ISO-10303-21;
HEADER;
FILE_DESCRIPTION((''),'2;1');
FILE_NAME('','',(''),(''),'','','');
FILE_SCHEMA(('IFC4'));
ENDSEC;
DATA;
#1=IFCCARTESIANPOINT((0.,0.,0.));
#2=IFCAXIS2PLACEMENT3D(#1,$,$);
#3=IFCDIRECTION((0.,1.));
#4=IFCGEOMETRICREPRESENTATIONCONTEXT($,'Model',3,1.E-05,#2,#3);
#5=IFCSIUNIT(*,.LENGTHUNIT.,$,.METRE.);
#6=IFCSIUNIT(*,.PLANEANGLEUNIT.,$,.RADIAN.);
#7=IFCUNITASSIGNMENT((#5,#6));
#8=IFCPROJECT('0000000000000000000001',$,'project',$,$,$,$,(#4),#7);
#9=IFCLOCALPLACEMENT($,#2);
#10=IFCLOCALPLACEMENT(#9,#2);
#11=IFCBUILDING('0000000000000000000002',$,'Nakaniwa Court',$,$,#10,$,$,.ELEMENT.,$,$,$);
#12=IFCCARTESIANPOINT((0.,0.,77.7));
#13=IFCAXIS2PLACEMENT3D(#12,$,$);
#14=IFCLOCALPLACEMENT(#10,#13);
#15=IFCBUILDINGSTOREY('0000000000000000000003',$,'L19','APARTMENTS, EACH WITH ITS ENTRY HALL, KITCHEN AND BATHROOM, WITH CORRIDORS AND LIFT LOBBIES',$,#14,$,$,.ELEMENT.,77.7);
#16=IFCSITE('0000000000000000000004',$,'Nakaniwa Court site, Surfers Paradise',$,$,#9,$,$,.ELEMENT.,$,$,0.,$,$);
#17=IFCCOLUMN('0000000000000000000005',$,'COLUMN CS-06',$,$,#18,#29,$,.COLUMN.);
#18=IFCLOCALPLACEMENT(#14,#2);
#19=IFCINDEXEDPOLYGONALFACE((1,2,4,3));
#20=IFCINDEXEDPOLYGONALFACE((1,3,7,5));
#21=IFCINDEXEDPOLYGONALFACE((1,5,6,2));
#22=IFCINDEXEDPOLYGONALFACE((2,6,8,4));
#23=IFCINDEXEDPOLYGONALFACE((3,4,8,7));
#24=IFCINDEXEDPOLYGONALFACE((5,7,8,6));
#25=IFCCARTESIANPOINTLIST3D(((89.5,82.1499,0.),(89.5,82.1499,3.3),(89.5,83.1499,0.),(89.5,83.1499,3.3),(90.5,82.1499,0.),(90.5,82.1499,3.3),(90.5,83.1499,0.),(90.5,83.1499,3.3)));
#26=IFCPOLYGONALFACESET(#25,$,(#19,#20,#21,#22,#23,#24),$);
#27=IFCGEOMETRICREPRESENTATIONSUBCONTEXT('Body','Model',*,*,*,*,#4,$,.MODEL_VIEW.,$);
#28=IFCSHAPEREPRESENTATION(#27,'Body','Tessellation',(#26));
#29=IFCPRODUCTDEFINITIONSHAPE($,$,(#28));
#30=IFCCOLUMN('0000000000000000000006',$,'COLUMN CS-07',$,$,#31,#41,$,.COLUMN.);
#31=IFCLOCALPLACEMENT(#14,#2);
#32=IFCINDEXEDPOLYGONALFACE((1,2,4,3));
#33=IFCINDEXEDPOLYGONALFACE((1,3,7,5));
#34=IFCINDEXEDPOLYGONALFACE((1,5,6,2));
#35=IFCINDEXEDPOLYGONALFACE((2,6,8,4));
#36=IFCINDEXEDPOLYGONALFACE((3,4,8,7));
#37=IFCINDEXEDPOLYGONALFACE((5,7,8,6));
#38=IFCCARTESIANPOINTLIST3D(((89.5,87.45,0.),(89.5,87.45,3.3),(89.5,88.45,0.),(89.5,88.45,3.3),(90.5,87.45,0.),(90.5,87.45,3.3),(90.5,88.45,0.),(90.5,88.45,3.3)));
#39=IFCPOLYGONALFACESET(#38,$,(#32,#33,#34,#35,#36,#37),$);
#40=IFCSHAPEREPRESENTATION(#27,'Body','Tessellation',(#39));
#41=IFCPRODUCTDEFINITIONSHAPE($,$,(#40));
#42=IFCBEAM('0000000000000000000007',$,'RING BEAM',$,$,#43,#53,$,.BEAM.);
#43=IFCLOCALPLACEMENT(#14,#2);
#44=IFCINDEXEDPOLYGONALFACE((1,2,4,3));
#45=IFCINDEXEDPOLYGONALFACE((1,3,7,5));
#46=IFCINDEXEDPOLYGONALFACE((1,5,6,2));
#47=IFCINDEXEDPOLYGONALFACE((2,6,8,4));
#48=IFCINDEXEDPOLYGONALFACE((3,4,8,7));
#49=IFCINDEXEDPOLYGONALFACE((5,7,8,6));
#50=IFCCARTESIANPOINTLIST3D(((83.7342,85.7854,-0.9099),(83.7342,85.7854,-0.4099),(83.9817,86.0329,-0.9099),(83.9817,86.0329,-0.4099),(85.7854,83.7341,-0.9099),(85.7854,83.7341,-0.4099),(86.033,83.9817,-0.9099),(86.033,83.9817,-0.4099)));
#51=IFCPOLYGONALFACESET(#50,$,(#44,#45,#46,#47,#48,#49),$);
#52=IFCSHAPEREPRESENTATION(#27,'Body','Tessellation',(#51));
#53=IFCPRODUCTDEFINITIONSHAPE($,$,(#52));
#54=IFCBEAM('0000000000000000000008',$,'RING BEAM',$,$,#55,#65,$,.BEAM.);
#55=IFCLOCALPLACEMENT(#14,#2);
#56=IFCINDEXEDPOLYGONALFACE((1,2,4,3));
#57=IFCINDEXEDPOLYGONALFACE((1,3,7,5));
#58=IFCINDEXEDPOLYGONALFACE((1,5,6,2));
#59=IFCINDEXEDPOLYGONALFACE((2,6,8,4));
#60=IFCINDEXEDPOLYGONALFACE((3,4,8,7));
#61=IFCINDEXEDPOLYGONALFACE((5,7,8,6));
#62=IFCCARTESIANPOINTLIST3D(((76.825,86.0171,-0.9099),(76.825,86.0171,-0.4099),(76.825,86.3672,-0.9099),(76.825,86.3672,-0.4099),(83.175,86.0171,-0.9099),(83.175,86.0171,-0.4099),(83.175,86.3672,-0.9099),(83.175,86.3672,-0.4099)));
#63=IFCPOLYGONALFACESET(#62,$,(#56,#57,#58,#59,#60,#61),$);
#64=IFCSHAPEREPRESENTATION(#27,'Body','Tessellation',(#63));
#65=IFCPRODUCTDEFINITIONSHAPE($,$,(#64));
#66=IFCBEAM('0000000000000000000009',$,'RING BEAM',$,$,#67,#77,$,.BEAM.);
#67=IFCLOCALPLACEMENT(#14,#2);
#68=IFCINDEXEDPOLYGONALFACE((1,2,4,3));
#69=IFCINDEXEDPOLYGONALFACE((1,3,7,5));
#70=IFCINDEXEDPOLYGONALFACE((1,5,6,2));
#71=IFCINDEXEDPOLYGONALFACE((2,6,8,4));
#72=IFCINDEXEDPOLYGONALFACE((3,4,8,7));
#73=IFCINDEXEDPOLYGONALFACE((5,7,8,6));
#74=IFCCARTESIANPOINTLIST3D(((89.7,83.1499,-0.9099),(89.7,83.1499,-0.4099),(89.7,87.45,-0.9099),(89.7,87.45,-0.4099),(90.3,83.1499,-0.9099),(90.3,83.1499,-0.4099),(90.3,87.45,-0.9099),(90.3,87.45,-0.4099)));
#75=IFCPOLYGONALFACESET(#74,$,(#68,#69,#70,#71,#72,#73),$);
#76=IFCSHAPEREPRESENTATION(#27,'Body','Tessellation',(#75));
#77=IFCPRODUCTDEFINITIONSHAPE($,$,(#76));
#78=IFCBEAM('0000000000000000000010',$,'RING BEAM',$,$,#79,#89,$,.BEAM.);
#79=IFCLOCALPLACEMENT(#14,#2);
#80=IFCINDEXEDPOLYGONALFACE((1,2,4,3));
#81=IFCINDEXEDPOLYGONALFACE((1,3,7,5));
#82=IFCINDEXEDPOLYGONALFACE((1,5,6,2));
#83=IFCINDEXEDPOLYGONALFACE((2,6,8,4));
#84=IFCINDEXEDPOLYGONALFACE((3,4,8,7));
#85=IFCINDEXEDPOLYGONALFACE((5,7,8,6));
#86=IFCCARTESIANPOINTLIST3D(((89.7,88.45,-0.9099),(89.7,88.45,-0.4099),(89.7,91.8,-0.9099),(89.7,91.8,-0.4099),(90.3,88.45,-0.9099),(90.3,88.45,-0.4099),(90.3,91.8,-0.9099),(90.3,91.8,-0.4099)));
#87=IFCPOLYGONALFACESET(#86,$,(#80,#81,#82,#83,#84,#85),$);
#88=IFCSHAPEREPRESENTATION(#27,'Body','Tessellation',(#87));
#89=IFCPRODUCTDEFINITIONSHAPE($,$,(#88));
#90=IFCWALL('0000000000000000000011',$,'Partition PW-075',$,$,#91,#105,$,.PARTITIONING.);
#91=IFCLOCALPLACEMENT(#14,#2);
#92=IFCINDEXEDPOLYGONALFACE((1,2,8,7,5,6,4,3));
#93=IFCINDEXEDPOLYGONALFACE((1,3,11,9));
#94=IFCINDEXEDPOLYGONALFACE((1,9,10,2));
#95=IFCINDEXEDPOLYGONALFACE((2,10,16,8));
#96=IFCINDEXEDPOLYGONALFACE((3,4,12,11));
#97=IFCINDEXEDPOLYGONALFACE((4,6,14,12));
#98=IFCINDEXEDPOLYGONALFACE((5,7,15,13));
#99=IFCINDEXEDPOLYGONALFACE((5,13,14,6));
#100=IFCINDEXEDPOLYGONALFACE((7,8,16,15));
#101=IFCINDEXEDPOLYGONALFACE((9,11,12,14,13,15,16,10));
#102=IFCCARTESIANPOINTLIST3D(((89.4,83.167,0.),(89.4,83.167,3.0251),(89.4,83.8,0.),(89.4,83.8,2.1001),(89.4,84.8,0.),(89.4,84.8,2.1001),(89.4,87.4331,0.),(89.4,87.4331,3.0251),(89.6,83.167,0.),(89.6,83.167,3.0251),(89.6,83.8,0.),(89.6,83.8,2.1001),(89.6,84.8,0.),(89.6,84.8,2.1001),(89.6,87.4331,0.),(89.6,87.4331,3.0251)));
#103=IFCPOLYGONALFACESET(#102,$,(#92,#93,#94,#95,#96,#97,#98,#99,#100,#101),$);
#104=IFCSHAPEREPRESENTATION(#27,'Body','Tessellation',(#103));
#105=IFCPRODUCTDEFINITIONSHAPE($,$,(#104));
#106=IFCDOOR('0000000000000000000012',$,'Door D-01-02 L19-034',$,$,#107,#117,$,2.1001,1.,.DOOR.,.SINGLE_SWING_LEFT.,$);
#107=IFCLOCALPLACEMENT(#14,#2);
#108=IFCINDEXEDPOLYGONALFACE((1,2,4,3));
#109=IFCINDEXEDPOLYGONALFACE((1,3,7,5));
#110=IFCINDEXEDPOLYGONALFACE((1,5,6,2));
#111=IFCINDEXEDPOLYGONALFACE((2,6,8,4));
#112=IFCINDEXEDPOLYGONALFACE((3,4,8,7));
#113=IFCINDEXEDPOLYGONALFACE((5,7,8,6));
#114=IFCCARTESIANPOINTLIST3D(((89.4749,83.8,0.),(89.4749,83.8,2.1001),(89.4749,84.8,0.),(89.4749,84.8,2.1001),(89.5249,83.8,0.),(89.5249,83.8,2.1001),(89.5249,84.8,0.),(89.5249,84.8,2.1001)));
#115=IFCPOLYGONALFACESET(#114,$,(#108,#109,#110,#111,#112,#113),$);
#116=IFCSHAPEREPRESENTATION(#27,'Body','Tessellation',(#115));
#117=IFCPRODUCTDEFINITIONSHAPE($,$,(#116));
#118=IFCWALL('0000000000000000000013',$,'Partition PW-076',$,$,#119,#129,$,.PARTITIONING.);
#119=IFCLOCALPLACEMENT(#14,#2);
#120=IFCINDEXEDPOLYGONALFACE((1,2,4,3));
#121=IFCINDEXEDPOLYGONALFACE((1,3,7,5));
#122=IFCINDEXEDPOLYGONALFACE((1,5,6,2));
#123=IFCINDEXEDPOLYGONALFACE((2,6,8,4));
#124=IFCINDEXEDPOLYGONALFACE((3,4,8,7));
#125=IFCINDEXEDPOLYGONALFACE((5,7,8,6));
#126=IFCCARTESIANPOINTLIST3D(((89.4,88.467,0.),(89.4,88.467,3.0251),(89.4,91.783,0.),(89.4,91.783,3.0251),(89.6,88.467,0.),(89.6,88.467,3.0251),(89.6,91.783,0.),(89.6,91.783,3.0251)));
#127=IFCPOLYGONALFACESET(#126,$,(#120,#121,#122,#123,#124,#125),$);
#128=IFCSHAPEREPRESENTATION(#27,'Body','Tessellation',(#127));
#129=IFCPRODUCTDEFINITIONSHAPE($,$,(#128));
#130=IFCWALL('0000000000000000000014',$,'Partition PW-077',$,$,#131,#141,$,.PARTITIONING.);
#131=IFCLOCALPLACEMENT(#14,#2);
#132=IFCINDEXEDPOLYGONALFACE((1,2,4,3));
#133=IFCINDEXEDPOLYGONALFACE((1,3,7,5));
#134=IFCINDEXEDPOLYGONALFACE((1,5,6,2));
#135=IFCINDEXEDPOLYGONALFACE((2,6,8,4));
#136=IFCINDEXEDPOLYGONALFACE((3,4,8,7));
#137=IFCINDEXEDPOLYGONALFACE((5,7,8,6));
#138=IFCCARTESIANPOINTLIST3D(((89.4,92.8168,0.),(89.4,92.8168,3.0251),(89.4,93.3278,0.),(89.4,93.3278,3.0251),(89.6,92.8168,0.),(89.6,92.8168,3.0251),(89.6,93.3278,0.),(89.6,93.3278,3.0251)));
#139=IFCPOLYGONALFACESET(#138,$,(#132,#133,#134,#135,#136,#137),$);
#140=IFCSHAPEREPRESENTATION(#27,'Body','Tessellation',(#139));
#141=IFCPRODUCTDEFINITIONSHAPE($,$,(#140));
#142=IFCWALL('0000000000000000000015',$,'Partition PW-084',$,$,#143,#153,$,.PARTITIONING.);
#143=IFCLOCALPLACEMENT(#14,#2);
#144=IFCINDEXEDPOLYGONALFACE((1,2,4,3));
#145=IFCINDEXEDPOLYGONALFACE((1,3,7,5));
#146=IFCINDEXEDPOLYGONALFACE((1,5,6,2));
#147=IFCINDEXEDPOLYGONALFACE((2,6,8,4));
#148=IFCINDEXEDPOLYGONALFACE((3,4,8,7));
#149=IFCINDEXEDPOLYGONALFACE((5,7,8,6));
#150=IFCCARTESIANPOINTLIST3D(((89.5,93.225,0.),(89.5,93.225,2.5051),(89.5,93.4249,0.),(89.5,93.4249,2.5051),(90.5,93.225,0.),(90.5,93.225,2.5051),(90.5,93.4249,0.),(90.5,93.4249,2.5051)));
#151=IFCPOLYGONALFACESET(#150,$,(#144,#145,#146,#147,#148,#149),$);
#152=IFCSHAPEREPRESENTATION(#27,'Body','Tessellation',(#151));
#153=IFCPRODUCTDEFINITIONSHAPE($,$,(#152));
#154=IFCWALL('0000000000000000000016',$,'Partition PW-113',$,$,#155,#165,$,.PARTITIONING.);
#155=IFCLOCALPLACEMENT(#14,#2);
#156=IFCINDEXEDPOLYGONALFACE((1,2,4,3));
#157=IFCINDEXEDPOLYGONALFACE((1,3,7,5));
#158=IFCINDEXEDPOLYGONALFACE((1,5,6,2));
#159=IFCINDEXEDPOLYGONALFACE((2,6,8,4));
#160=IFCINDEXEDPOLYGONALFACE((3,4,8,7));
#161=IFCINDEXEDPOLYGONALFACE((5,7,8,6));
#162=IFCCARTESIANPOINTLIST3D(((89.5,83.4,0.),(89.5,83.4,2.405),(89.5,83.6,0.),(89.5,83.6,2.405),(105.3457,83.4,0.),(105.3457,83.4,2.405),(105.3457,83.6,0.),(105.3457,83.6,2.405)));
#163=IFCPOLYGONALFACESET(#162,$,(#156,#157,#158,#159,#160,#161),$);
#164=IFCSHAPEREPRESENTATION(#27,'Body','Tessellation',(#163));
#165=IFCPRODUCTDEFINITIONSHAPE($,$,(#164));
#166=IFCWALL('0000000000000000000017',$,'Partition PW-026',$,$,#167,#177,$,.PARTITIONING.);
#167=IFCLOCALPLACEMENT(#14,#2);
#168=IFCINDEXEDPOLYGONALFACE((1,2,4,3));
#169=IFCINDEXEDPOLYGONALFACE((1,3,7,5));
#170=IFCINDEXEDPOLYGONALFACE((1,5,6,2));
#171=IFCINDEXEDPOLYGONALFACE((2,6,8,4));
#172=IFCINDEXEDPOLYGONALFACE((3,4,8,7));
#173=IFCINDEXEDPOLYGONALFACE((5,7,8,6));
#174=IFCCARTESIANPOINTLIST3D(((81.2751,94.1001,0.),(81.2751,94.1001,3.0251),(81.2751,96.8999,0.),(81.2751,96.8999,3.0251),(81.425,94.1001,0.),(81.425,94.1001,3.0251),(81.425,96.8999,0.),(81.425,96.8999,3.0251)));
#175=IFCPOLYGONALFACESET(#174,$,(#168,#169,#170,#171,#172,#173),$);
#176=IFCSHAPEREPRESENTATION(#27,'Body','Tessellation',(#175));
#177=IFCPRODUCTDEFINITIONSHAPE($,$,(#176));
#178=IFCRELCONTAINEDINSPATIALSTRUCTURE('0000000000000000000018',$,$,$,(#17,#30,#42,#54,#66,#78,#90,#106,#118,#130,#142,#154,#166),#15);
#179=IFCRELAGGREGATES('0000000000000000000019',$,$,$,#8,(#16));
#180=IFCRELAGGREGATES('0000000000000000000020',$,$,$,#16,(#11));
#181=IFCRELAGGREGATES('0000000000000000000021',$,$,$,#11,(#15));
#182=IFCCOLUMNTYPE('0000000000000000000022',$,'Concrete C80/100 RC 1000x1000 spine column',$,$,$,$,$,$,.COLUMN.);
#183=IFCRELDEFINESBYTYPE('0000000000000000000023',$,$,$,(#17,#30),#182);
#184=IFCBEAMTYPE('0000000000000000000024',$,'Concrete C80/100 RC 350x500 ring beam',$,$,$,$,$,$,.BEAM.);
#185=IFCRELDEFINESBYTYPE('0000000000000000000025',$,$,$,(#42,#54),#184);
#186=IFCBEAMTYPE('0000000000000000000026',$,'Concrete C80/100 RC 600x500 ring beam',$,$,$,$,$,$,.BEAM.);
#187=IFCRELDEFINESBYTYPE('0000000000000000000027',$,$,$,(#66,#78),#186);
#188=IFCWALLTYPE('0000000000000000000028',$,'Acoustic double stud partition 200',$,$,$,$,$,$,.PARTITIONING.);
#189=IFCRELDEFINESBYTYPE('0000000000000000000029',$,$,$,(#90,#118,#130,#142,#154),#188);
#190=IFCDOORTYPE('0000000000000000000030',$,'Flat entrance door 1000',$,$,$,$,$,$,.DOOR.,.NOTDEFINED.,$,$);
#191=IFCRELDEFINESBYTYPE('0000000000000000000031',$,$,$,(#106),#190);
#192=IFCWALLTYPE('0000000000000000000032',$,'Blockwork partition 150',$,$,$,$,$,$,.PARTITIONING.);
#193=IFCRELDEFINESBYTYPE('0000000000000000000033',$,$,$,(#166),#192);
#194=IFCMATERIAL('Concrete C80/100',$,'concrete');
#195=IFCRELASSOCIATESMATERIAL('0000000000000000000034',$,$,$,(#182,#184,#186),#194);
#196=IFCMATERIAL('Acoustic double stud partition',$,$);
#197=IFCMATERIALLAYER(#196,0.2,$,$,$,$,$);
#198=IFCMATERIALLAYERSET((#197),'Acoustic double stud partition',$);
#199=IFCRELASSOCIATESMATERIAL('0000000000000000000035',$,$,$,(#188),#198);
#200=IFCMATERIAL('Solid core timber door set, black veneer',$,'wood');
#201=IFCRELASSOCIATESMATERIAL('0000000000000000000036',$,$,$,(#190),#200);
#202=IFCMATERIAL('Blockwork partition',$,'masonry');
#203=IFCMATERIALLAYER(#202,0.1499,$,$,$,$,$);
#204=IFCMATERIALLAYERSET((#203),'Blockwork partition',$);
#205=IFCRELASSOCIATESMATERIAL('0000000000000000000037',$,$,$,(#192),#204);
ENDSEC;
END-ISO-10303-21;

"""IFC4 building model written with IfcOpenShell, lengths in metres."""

from ifc_helpers import new_model, si_unit, direction, frame, frame_2d, origin, origin_2d, place, context, subcontext, project, spatial, rectangle, extrude, material, layer, layer_set, material_profile, profile_set, type_object, element, fill, save


model = new_model("IFC4")

# Units and contexts
model_context = context("Model", 3, precision=1e-05, world=origin(), true_north=direction((0.0, 1.0)))
body_context = subcontext(model_context, "Body", "Model", "MODEL_VIEW")
ifc_project = project(units=[si_unit("LENGTHUNIT", "METRE"), si_unit("PLANEANGLEUNIT", "RADIAN")], contexts=[model_context])

# Site, building, storey
site_placement = place(None, origin())
site = spatial("IfcSite", under=ifc_project, at=site_placement, Name="Nakaniwa Court site, Surfers Paradise", CompositionType="ELEMENT", RefElevation=0.0)
building_placement = place(site_placement, origin())
building = spatial("IfcBuilding", under=site, at=building_placement, Name="Nakaniwa Court", CompositionType="ELEMENT")
storey_placement = place(building_placement, frame((0.0, 0.0, 77.7)))
storey = spatial("IfcBuildingStorey", under=building, at=storey_placement, Name="L19", Description="APARTMENTS, EACH WITH ITS ENTRY HALL, KITCHEN AND BATHROOM, WITH CORRIDORS AND LIFT LOBBIES", CompositionType="ELEMENT", Elevation=77.7)

# Columns
ifc_material_1 = material(Name="Concrete C80/100", Category="concrete")
ifc_material_profile_1 = material_profile(ifc_material_1, rectangle(XDim=1.0, YDim=1.0, at=origin_2d()), Name="Concrete C80/100 RC 1000x1000 spine column")
ifc_profile_set_1 = profile_set([ifc_material_profile_1], Name="Concrete C80/100")
column_type_1 = type_object("IfcColumnType", Name="Concrete C80/100 RC 1000x1000 spine column", PredefinedType="COLUMN", material=ifc_profile_set_1)
for number, where, z_axis, x_axis, name in (
    (1, (90.0, 82.6499, 0.0), (0.0, 0.0, 1.0), (0.0, 1.0, 0.0), "COLUMN CS-06"),
    (2, (90.0, 87.95, 0.0), (0.0, 0.0, 1.0), (0.0, 1.0, 0.0), "COLUMN CS-07"),
):
    element("IfcColumn", number, at=place(storey_placement, frame(where, z_axis=z_axis, x_axis=x_axis)), inside=storey, type_object=column_type_1, Name=name, PredefinedType="COLUMN", context=body_context, shape_type="SweptSolid", body=[
        extrude(rectangle(XDim=1.0, YDim=1.0, at=origin_2d()), origin(), (0.0, 0.0, 1.0), 3.3),
    ])

# Beams
ifc_material_profile_2 = material_profile(ifc_material_1, rectangle(XDim=0.3501, YDim=0.5, at=origin_2d()), Name="Concrete C80/100 RC 350x500 ring beam")
ifc_profile_set_2 = profile_set([ifc_material_profile_2], Name="Concrete C80/100")
beam_type_1 = type_object("IfcBeamType", Name="Concrete C80/100 RC 350x500 ring beam", PredefinedType="BEAM", material=ifc_profile_set_2)
beam_1_placement = place(storey_placement, frame((85.9092, 83.8579, -0.6599), z_axis=(-0.707107, 0.707107, 0.0), x_axis=(-0.707107, -0.707107, 0.0)))
element("IfcBeam", 3, at=beam_1_placement, inside=storey, type_object=beam_type_1, Name="RING BEAM", PredefinedType="BEAM", context=body_context, shape_type="SweptSolid", body=[
    extrude(rectangle(XDim=0.3501, YDim=0.5, at=origin_2d()), origin(), (0.0, 0.0, 1.0), 2.9009),
])
beam_2_placement = place(storey_placement, frame((83.175, 86.1921, -0.6599), z_axis=(-1.0, 0.0, 0.0), x_axis=(0.0, -1.0, 0.0)))
element("IfcBeam", 4, at=beam_2_placement, inside=storey, type_object=beam_type_1, Name="RING BEAM", PredefinedType="BEAM", context=body_context, shape_type="SweptSolid", body=[
    extrude(rectangle(XDim=0.3501, YDim=0.5, at=origin_2d()), origin(), (0.0, 0.0, 1.0), 6.3501),
])
ifc_material_profile_3 = material_profile(ifc_material_1, rectangle(XDim=0.6001, YDim=0.5, at=origin_2d()), Name="Concrete C80/100 RC 600x500 ring beam")
ifc_profile_set_3 = profile_set([ifc_material_profile_3], Name="Concrete C80/100")
beam_type_2 = type_object("IfcBeamType", Name="Concrete C80/100 RC 600x500 ring beam", PredefinedType="BEAM", material=ifc_profile_set_3)
beam_3_placement = place(storey_placement, frame((90.0, 83.1499, -0.6599), z_axis=(0.0, 1.0, 0.0), x_axis=(-1.0, 0.0, 0.0)))
element("IfcBeam", 5, at=beam_3_placement, inside=storey, type_object=beam_type_2, Name="RING BEAM", PredefinedType="BEAM", context=body_context, shape_type="SweptSolid", body=[
    extrude(rectangle(XDim=0.6001, YDim=0.5, at=origin_2d()), origin(), (0.0, 0.0, 1.0), 4.3),
])
beam_4_placement = place(storey_placement, frame((90.0, 88.45, -0.6599), z_axis=(0.0, 1.0, 0.0), x_axis=(-1.0, 0.0, 0.0)))
element("IfcBeam", 6, at=beam_4_placement, inside=storey, type_object=beam_type_2, Name="RING BEAM", PredefinedType="BEAM", context=body_context, shape_type="SweptSolid", body=[
    extrude(rectangle(XDim=0.6001, YDim=0.5, at=origin_2d()), origin(), (0.0, 0.0, 1.0), 3.3501),
])

# Wall, opening, door
ifc_material_2 = material(Name="Acoustic double stud partition")
ifc_layer_1 = layer(ifc_material_2, 0.2)
ifc_layer_set_1 = layer_set([ifc_layer_1], Name="Acoustic double stud partition")
wall_type_1 = type_object("IfcWallType", Name="Acoustic double stud partition 200", PredefinedType="PARTITIONING", material=ifc_layer_set_1)
wall_1_placement = place(storey_placement, frame((89.5, 87.4331, 0.0), z_axis=(0.0, 0.0, 1.0), x_axis=(0.0, -1.0, 0.0)))
wall_1 = element("IfcWall", 7, at=wall_1_placement, inside=storey, type_object=wall_type_1, Name="Partition PW-075", PredefinedType="PARTITIONING", context=body_context, shape_type="SweptSolid", body=[
    extrude(rectangle(XDim=4.2661, YDim=0.2, at=frame_2d((2.1331, 0.0))), origin(), (0.0, 0.0, 1.0), 3.0251),
])
opening_1_placement = place(wall_1_placement, frame((2.6331, 0.0, 0.0)))
opening_1 = element("IfcOpeningElement", 8, at=opening_1_placement, cuts=wall_1, PredefinedType="OPENING", context=body_context, shape_type="SweptSolid", body=[
    extrude(rectangle(XDim=1.0, YDim=2.1001, at=frame_2d((0.5, 1.05))), frame((0.0, 0.1099, 0.0), z_axis=(0.0, -1.0, 0.0), x_axis=(1.0, 0.0, 0.0)), (0.0, 0.0, 1.0), 0.22),
])
ifc_material_3 = material(Name="Solid core timber door set, black veneer", Category="wood")
door_type_1 = type_object("IfcDoorType", Name="Flat entrance door 1000", OperationType="NOTDEFINED", PredefinedType="DOOR", material=ifc_material_3)
door_1_placement = place(opening_1_placement, origin())
door_1 = element("IfcDoor", 9, at=door_1_placement, inside=storey, type_object=door_type_1, Name="Door D-01-02 L19-034", OperationType="SINGLE_SWING_LEFT", OverallHeight=2.1001, OverallWidth=1.0, PredefinedType="DOOR", context=body_context, shape_type="SweptSolid", body=[
    extrude(rectangle(XDim=1.0, YDim=2.1001, at=frame_2d((0.5, 1.05))), frame((0.0, 0.0249, 0.0), z_axis=(0.0, -1.0, 0.0), x_axis=(1.0, 0.0, 0.0)), (0.0, 0.0, 1.0), 0.05),
])
fill(opening_1, door_1)

# Walls
wall_2_placement = place(storey_placement, frame((89.5, 88.467, 0.0), z_axis=(0.0, 0.0, 1.0), x_axis=(0.0, 1.0, 0.0)))
element("IfcWall", 10, at=wall_2_placement, inside=storey, type_object=wall_type_1, Name="Partition PW-076", PredefinedType="PARTITIONING", context=body_context, shape_type="SweptSolid", body=[
    extrude(rectangle(XDim=3.3159, YDim=0.2, at=frame_2d((1.658, 0.0))), origin(), (0.0, 0.0, 1.0), 3.0251),
])
wall_3_placement = place(storey_placement, frame((89.5, 92.8169, 0.0), z_axis=(0.0, 0.0, 1.0), x_axis=(0.0, 1.0, 0.0)))
element("IfcWall", 11, at=wall_3_placement, inside=storey, type_object=wall_type_1, Name="Partition PW-077", PredefinedType="PARTITIONING", context=body_context, shape_type="SweptSolid", body=[
    extrude(rectangle(XDim=0.511, YDim=0.2, at=frame_2d((0.2554, 0.0))), origin(), (0.0, 0.0, 1.0), 3.0251),
])
wall_4_placement = place(storey_placement, frame((89.5, 93.325, 0.0), z_axis=(0.0, 0.0, 1.0), x_axis=(1.0, 0.0, 0.0)))
element("IfcWall", 12, at=wall_4_placement, inside=storey, type_object=wall_type_1, Name="Partition PW-084", PredefinedType="PARTITIONING", context=body_context, shape_type="SweptSolid", body=[
    extrude(rectangle(XDim=1.0, YDim=0.2, at=frame_2d((0.5, 0.0))), origin(), (0.0, 0.0, 1.0), 2.5051),
])
wall_5_placement = place(storey_placement, frame((89.5, 83.5, 0.0), z_axis=(0.0, 0.0, 1.0), x_axis=(1.0, 0.0, 0.0)))
element("IfcWall", 13, at=wall_5_placement, inside=storey, type_object=wall_type_1, Name="Partition PW-113", PredefinedType="PARTITIONING", context=body_context, shape_type="SweptSolid", body=[
    extrude(rectangle(XDim=15.8457, YDim=0.2, at=frame_2d((7.9229, 0.0))), origin(), (0.0, 0.0, 1.0), 2.405),
])
ifc_material_4 = material(Name="Blockwork partition", Category="masonry")
ifc_layer_2 = layer(ifc_material_4, 0.1499)
ifc_layer_set_2 = layer_set([ifc_layer_2], Name="Blockwork partition")
wall_type_2 = type_object("IfcWallType", Name="Blockwork partition 150", PredefinedType="PARTITIONING", material=ifc_layer_set_2)
wall_6_placement = place(storey_placement, frame((81.3501, 94.1001, 0.0), z_axis=(0.0, 0.0, 1.0), x_axis=(0.0, 1.0, 0.0)))
element("IfcWall", 14, at=wall_6_placement, inside=storey, type_object=wall_type_2, Name="Partition PW-026", PredefinedType="PARTITIONING", context=body_context, shape_type="SweptSolid", body=[
    extrude(rectangle(XDim=2.7998, YDim=0.1499, at=frame_2d((1.3999, 0.0))), origin(), (0.0, 0.0, 1.0), 3.0251),
])

save(model, "model.ifc")
